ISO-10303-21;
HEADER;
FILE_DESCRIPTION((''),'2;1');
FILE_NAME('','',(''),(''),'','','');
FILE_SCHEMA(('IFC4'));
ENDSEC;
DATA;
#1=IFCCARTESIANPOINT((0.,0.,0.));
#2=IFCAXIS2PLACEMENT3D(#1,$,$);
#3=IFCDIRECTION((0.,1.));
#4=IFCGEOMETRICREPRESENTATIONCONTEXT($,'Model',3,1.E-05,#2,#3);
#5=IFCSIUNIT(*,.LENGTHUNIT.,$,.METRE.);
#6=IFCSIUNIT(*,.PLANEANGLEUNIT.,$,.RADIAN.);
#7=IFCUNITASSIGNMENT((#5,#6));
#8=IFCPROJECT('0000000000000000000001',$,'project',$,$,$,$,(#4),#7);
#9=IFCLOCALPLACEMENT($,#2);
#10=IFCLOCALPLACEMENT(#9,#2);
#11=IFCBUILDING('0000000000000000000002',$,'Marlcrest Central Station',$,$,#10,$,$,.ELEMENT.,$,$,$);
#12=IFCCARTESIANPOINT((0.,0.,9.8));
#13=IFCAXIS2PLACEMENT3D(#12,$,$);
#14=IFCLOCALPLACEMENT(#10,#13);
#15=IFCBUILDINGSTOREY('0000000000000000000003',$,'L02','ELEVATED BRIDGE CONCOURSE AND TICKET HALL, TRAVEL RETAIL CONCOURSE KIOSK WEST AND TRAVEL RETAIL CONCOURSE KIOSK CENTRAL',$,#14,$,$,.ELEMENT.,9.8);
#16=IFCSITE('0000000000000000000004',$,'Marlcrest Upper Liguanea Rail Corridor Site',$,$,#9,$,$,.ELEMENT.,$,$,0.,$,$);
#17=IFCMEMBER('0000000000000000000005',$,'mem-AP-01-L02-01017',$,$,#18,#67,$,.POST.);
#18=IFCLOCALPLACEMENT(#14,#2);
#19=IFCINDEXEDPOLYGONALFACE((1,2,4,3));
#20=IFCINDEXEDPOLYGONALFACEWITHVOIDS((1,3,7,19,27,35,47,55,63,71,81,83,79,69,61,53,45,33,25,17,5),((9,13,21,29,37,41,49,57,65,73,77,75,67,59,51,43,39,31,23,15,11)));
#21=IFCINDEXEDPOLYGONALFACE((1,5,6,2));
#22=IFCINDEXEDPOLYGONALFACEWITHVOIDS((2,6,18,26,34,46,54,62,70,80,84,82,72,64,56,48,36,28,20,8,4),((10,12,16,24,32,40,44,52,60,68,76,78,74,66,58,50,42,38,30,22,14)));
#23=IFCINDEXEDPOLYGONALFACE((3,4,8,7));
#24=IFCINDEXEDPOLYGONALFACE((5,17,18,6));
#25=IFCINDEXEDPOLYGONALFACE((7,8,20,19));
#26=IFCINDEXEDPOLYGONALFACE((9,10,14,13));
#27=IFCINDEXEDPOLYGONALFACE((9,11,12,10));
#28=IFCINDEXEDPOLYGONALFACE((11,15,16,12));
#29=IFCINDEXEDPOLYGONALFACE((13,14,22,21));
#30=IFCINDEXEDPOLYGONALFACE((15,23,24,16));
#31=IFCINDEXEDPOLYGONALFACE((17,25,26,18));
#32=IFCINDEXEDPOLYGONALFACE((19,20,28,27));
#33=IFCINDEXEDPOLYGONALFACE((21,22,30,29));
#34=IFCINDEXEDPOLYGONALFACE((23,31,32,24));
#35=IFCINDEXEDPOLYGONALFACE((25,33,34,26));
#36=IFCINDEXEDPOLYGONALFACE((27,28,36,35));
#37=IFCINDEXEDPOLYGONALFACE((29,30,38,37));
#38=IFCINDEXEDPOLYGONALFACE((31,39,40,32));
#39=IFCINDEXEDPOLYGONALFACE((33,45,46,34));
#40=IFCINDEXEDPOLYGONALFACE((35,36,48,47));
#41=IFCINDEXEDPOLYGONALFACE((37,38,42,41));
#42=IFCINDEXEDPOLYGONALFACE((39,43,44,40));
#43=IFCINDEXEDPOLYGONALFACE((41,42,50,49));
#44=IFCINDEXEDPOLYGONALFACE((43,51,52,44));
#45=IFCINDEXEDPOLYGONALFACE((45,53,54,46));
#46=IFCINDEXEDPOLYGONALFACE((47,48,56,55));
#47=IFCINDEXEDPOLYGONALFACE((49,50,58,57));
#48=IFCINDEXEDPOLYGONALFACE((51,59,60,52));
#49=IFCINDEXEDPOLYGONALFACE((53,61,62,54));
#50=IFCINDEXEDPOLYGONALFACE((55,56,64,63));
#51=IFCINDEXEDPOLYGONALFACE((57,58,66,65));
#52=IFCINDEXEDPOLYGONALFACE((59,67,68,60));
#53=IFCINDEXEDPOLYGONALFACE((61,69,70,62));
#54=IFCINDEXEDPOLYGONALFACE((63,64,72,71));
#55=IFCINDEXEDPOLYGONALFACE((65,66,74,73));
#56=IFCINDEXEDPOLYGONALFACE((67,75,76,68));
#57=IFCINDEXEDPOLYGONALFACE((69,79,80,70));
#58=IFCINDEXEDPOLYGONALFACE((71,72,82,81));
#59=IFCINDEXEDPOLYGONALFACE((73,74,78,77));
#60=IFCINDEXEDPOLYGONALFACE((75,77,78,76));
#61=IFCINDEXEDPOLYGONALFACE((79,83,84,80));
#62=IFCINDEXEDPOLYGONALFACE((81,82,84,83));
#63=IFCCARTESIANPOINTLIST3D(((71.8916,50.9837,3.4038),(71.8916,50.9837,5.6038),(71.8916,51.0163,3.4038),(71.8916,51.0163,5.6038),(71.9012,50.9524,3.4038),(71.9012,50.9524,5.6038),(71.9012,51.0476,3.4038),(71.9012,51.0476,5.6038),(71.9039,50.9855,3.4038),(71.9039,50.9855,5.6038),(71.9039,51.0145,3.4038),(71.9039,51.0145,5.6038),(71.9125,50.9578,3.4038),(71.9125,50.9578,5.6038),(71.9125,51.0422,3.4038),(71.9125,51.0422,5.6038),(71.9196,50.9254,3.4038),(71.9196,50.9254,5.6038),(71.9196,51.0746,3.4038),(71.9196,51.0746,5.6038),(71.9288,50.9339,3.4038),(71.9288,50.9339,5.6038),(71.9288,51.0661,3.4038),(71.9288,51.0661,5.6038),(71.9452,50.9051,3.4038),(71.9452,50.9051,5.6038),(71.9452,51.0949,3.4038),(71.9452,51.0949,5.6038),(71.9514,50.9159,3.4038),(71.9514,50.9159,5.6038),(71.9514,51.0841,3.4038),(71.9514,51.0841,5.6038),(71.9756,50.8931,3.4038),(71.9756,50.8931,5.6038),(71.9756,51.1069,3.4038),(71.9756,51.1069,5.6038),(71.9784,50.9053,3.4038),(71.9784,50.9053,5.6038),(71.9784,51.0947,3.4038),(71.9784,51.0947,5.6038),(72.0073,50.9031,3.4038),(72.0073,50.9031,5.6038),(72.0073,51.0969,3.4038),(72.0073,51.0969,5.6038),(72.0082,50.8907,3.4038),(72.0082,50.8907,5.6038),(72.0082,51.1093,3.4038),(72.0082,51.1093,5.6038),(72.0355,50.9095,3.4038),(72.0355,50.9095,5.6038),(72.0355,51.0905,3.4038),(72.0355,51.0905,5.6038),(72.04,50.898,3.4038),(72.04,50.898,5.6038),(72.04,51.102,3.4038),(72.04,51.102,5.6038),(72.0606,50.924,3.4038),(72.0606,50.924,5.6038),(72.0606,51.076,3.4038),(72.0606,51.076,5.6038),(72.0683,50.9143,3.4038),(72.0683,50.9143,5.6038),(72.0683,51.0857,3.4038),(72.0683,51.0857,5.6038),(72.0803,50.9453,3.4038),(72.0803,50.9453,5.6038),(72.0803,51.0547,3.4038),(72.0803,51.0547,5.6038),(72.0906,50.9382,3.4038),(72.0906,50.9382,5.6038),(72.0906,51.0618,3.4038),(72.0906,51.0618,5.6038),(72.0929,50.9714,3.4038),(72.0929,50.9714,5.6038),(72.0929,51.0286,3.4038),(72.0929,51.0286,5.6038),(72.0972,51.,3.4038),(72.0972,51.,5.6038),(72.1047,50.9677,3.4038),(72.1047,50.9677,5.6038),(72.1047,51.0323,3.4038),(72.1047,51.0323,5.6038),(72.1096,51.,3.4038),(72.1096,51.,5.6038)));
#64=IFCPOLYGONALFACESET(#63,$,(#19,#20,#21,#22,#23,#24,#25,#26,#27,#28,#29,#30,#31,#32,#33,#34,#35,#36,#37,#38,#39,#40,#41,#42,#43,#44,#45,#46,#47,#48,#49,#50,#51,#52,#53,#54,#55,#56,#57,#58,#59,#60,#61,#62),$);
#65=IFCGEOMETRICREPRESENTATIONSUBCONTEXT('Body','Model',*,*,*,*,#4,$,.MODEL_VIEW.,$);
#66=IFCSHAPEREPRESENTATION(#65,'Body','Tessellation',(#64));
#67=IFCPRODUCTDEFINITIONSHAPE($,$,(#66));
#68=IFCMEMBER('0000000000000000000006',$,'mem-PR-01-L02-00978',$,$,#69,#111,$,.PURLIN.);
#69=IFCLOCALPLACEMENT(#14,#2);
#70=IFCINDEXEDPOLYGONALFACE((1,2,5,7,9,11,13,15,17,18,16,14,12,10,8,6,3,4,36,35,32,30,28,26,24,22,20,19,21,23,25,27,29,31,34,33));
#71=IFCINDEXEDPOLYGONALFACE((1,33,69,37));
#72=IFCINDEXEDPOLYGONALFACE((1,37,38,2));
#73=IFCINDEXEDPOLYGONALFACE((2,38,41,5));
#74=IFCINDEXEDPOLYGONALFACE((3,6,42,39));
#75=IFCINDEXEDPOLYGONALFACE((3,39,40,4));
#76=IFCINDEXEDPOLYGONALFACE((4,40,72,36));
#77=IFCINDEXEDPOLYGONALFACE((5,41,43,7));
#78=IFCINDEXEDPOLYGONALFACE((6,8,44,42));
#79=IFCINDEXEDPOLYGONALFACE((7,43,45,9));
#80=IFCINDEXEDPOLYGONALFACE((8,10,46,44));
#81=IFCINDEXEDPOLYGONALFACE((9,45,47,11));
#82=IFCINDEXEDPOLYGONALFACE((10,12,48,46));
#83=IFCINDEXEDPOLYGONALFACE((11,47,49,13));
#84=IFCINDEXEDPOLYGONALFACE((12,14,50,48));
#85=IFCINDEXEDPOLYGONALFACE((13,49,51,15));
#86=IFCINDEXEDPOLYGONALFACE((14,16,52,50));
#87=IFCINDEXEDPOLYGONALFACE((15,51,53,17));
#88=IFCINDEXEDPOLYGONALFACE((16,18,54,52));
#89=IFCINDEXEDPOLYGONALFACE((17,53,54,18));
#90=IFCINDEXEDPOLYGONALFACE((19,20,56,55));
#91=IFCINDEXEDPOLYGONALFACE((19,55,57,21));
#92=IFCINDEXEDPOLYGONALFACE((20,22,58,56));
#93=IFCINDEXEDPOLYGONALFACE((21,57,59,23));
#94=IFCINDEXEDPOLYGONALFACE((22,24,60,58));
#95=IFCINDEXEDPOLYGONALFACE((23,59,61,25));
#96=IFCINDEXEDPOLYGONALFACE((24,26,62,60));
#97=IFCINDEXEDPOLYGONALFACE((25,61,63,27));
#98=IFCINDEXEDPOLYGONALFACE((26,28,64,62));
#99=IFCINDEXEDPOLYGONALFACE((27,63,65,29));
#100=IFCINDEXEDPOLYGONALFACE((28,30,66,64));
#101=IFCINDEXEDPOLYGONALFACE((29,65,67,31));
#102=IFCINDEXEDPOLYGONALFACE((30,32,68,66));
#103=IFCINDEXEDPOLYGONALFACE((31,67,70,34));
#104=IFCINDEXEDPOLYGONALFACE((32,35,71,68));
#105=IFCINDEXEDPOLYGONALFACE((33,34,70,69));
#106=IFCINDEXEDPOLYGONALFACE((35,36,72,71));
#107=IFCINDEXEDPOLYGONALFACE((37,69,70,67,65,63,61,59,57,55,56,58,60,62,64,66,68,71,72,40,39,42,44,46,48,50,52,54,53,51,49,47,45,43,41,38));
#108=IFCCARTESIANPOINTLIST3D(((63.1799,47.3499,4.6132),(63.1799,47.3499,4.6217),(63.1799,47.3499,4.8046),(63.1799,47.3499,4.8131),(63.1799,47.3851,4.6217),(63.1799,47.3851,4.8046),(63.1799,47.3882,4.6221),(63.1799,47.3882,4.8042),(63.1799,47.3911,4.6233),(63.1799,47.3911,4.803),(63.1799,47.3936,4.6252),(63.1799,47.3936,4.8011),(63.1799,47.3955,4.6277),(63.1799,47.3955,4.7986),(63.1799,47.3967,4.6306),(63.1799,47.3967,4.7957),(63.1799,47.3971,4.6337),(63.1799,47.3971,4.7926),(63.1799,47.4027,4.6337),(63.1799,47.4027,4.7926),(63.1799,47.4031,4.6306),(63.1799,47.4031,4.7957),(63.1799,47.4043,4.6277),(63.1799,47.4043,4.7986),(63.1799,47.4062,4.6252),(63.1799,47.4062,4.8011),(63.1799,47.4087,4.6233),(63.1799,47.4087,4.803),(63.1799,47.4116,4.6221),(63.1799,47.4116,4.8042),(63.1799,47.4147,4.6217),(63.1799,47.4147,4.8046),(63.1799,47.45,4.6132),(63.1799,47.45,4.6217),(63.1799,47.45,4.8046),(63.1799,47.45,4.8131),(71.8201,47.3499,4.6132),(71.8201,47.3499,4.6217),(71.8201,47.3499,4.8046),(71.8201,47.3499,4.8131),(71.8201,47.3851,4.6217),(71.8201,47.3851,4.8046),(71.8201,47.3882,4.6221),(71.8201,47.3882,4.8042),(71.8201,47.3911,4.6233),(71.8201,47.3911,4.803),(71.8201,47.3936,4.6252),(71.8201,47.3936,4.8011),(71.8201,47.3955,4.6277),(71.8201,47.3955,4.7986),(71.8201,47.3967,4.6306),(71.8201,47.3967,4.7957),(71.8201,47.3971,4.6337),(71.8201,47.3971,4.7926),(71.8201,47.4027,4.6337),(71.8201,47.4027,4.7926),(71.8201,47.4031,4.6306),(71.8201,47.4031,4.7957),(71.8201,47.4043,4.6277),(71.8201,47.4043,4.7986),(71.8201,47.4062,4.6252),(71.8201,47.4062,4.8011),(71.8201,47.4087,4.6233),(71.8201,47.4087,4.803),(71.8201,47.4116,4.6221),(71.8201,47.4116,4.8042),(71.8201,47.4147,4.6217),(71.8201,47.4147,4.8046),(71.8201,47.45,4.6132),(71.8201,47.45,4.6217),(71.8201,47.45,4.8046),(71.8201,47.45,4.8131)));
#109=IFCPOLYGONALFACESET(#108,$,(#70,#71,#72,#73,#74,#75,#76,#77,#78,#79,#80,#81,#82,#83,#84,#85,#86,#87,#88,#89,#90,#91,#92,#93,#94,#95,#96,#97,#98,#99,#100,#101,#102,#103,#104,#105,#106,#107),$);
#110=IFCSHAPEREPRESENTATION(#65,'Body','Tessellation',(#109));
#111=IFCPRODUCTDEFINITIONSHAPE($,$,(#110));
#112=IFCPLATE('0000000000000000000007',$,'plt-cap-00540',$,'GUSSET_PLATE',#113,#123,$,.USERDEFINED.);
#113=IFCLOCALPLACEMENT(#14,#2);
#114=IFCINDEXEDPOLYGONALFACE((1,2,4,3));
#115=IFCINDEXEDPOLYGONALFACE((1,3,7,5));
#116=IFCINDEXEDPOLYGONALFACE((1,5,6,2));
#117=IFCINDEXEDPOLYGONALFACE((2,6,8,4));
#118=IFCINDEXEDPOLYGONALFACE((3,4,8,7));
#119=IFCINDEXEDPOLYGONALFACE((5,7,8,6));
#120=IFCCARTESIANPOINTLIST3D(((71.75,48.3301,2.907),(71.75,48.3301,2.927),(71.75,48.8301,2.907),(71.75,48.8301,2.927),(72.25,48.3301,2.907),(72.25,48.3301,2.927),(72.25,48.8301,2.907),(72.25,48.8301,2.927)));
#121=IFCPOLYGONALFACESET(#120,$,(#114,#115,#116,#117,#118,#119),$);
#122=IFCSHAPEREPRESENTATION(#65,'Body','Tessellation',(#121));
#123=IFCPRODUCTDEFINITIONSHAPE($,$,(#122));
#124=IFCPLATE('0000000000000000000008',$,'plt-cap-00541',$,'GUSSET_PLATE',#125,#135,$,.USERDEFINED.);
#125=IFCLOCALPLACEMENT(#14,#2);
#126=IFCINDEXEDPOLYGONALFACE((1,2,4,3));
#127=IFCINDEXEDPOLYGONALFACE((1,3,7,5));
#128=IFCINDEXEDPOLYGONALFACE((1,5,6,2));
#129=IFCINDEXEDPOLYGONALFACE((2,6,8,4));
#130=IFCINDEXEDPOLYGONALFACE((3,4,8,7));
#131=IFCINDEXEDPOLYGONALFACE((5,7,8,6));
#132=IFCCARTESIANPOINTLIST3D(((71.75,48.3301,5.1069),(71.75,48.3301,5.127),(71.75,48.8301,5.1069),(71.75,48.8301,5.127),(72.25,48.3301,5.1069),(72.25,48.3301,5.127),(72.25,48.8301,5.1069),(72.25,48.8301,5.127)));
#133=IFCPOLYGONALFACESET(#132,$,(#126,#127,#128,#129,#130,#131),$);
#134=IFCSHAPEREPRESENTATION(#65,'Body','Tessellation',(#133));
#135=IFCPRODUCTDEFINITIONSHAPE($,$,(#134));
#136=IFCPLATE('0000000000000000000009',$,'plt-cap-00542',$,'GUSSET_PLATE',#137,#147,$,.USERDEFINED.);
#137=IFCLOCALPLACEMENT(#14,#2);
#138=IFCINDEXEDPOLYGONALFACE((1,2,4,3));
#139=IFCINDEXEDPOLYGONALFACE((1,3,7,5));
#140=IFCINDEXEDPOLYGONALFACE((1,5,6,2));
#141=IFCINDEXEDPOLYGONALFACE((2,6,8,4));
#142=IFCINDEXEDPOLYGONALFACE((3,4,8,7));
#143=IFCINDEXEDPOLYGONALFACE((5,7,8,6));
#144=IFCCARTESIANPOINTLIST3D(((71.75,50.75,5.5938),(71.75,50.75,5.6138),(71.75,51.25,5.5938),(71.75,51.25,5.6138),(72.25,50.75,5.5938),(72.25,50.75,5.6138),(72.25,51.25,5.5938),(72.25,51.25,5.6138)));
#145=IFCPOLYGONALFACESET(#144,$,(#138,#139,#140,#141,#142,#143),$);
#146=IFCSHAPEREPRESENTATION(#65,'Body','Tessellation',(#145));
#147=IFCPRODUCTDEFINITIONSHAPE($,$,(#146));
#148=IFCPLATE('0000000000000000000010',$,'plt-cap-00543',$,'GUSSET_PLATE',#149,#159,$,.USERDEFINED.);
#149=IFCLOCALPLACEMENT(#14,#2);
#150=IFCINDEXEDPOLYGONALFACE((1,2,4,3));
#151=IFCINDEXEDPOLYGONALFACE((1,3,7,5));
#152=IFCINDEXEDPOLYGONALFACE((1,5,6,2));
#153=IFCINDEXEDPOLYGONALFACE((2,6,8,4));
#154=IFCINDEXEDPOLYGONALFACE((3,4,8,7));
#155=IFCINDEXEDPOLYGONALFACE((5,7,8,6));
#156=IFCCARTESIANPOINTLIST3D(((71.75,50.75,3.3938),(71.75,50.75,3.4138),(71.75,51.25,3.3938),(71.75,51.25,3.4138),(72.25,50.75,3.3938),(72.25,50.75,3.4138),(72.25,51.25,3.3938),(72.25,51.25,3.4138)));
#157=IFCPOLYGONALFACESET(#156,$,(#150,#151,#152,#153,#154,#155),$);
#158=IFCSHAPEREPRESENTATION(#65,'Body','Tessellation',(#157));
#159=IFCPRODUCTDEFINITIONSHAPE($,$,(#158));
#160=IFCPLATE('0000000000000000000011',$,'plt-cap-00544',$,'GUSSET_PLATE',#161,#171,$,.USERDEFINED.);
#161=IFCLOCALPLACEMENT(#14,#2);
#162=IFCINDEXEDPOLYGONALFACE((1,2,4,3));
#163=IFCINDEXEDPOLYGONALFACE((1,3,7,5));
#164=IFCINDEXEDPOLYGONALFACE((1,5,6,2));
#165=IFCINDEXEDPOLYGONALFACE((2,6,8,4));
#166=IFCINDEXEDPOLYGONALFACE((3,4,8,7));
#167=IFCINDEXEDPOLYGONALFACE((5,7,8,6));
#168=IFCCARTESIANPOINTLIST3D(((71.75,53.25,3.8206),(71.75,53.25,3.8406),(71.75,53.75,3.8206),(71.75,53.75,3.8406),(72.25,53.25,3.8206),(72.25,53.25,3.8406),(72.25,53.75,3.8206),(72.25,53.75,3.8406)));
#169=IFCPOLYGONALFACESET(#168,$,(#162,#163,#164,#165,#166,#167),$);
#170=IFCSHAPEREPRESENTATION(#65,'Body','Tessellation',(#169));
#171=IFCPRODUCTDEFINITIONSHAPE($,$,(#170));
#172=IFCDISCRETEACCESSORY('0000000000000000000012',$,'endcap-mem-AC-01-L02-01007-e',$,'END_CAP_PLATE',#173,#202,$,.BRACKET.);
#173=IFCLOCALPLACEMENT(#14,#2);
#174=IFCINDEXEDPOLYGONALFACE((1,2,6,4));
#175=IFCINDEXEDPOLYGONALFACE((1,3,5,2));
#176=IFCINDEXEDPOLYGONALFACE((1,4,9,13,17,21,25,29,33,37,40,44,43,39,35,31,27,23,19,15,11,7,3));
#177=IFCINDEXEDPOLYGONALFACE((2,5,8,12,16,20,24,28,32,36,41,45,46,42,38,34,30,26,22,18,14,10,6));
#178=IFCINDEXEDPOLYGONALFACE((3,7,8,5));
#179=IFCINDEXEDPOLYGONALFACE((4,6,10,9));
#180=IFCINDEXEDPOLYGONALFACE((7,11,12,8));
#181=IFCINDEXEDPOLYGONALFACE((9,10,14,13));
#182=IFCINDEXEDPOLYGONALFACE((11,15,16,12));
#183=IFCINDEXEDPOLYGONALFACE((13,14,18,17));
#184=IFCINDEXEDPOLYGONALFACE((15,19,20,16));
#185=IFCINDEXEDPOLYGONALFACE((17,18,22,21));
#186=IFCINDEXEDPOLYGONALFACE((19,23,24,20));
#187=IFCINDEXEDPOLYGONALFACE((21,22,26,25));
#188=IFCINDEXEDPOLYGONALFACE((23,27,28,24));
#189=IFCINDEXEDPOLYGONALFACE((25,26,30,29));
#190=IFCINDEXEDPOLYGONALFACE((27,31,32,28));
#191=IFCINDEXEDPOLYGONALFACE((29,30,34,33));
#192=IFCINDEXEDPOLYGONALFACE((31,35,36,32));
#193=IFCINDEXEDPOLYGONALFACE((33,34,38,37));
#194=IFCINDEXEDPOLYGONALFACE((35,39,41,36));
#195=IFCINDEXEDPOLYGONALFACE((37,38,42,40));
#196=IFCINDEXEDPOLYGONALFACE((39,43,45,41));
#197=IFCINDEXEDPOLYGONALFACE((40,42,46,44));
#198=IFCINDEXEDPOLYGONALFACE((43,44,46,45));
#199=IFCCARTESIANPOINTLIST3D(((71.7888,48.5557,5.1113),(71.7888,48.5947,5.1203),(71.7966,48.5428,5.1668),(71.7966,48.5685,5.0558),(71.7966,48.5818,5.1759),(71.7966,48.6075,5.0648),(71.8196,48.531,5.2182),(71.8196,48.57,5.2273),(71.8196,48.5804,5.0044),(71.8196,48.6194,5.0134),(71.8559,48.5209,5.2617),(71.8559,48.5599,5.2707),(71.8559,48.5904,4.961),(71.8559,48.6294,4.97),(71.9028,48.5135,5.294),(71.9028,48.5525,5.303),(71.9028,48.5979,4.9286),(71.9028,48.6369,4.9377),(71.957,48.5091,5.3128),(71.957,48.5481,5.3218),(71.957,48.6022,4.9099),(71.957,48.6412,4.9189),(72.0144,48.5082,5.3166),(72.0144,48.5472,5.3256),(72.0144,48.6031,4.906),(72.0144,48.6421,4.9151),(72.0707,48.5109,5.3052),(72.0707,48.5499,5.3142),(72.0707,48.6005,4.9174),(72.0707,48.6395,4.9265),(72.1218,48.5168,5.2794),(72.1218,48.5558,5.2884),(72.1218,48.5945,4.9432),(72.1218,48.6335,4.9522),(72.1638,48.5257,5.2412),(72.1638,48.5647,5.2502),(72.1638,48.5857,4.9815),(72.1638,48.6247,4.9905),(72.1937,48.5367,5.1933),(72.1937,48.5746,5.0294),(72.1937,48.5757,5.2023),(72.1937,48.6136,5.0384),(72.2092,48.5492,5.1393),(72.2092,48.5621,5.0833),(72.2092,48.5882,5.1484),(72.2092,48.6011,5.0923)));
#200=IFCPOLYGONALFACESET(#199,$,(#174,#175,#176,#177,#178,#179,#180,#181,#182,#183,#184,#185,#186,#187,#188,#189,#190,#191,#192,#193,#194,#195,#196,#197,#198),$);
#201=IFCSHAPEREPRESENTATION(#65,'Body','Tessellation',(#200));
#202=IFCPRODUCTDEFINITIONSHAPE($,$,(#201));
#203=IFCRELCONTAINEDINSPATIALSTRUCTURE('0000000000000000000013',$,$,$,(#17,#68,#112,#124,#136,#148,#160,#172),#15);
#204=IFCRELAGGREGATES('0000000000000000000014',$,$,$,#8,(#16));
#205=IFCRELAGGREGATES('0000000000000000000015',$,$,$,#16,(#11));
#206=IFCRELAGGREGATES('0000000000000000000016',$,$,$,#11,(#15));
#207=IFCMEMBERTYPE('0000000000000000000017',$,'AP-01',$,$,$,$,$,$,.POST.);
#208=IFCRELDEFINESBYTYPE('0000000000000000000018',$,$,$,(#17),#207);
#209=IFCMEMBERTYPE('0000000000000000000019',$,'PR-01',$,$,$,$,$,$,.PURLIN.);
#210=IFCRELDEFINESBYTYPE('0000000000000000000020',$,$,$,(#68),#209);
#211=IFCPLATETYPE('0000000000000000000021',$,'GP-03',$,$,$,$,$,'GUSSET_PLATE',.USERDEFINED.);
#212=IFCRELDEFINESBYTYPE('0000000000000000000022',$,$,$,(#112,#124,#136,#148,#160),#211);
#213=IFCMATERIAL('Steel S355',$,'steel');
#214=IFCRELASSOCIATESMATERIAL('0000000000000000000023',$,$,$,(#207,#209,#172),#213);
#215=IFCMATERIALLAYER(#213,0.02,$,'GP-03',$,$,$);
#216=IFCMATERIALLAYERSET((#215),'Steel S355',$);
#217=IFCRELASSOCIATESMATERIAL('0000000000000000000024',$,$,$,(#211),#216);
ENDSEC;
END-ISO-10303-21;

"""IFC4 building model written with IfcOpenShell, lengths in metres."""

from ifc_helpers import new_model, si_unit, direction, frame, origin, origin_2d, place, context, subcontext, project, spatial, rectangle, circle, hollow_circle, i_section, extrude, material, layer, layer_set, material_profile, profile_set, type_object, element, save


model = new_model("IFC4")

# Units and contexts
model_context = context("Model", 3, precision=1e-05, world=origin(), true_north=direction((0.0, 1.0)))
body_context = subcontext(model_context, "Body", "Model", "MODEL_VIEW")
ifc_project = project(units=[si_unit("LENGTHUNIT", "METRE"), si_unit("PLANEANGLEUNIT", "RADIAN")], contexts=[model_context])

# Site, building, storey
site_placement = place(None, origin())
site = spatial("IfcSite", under=ifc_project, at=site_placement, Name="Marlcrest Upper Liguanea Rail Corridor Site", CompositionType="ELEMENT", RefElevation=0.0)
building_placement = place(site_placement, origin())
building = spatial("IfcBuilding", under=site, at=building_placement, Name="Marlcrest Central Station", CompositionType="ELEMENT")
storey_placement = place(building_placement, frame((0.0, 0.0, 9.8)))
storey = spatial("IfcBuildingStorey", under=building, at=storey_placement, Name="L02", Description="ELEVATED BRIDGE CONCOURSE AND TICKET HALL, TRAVEL RETAIL CONCOURSE KIOSK WEST AND TRAVEL RETAIL CONCOURSE KIOSK CENTRAL", CompositionType="ELEMENT", Elevation=9.8)

# Members
ifc_material = material(Name="Steel S355", Category="steel")
ifc_material_profile_1 = material_profile(ifc_material, hollow_circle(Radius=0.1096, WallThickness=0.0125, at=origin_2d()), Name="CHS 219.1x12.5")
ifc_profile_set_1 = profile_set([ifc_material_profile_1], Name="Steel S355")
member_type_1 = type_object("IfcMemberType", Name="AP-01", PredefinedType="POST", material=ifc_profile_set_1)
for number, where, z_axis, x_axis, name in (
    (1, (72.0, 51.0, 3.4038), (0.0, 0.0, 1.0), (1.0, 0.0, 0.0), "mem-AP-01-L02-01017"),
):
    element("IfcMember", number, at=place(storey_placement, frame(where, z_axis=z_axis, x_axis=x_axis)), inside=storey, type_object=member_type_1, Name=name, PredefinedType="POST", context=body_context, shape_type="SweptSolid", body=[
        extrude(hollow_circle(Radius=0.1096, WallThickness=0.0125, at=origin_2d()), origin(), (0.0, 0.0, 1.0), 2.2),
    ])
ifc_material_profile_2 = material_profile(ifc_material, i_section(OverallWidth=0.1001, OverallDepth=0.2, WebThickness=0.0056, FlangeThickness=0.0085, FilletRadius=0.012, at=origin_2d()), Name="IPE 200")
ifc_profile_set_2 = profile_set([ifc_material_profile_2], Name="Steel S355")
member_type_2 = type_object("IfcMemberType", Name="PR-01", PredefinedType="PURLIN", material=ifc_profile_set_2)
member_1_placement = place(storey_placement, frame((63.1799, 47.3999, 4.7131), z_axis=(1.0, 0.0, 0.0), x_axis=(0.0, 1.0, 0.0)))
element("IfcMember", 2, at=member_1_placement, inside=storey, type_object=member_type_2, Name="mem-PR-01-L02-00978", PredefinedType="PURLIN", context=body_context, shape_type="SweptSolid", body=[
    extrude(i_section(OverallWidth=0.1001, OverallDepth=0.2, WebThickness=0.0056, FlangeThickness=0.0085, FilletRadius=0.012, at=origin_2d()), origin(), (0.0, 0.0, 1.0), 8.6401),
])

# Plates
ifc_layer = layer(ifc_material, 0.02, Name="GP-03")
ifc_layer_set = layer_set([ifc_layer], Name="Steel S355")
plate_type = type_object("IfcPlateType", Name="GP-03", ElementType="GUSSET_PLATE", PredefinedType="USERDEFINED", material=ifc_layer_set)
for number, where, z_axis, x_axis, name in (
    (3, (72.0, 48.5801, 2.907), (0.0, 0.0, 1.0), (1.0, 0.0, 0.0), "plt-cap-00540"),
    (4, (72.0, 48.5801, 5.1069), (0.0, 0.0, 1.0), (1.0, 0.0, 0.0), "plt-cap-00541"),
    (5, (72.0, 51.0, 5.5938), (0.0, 0.0, 1.0), (1.0, 0.0, 0.0), "plt-cap-00542"),
    (6, (72.0, 51.0, 3.3938), (0.0, 0.0, 1.0), (1.0, 0.0, 0.0), "plt-cap-00543"),
    (7, (72.0, 53.5, 3.8206), (0.0, 0.0, 1.0), (1.0, 0.0, 0.0), "plt-cap-00544"),
):
    element("IfcPlate", number, at=place(storey_placement, frame(where, z_axis=z_axis, x_axis=x_axis)), inside=storey, type_object=plate_type, Name=name, ObjectType="GUSSET_PLATE", PredefinedType="USERDEFINED", context=body_context, shape_type="SweptSolid", body=[
        extrude(rectangle(XDim=0.5, YDim=0.5, at=origin_2d()), origin(), (0.0, 0.0, 1.0), 0.02),
    ])

# Discrete accessory
discrete_accessory_1_placement = place(storey_placement, frame((72.0, 48.5557, 5.1113), z_axis=(0.0, 0.97433, 0.225126), x_axis=(-1.0, 0.0, 0.0)))
element("IfcDiscreteAccessory", 8, at=discrete_accessory_1_placement, inside=storey, material=ifc_material, Name="endcap-mem-AC-01-L02-01007-e", ObjectType="END_CAP_PLATE", PredefinedType="BRACKET", context=body_context, shape_type="SweptSolid", body=[
    extrude(circle(Radius=0.2112, at=origin_2d()), origin(), (0.0, 0.0, 1.0), 0.04),
])

save(model, "model.ifc")
